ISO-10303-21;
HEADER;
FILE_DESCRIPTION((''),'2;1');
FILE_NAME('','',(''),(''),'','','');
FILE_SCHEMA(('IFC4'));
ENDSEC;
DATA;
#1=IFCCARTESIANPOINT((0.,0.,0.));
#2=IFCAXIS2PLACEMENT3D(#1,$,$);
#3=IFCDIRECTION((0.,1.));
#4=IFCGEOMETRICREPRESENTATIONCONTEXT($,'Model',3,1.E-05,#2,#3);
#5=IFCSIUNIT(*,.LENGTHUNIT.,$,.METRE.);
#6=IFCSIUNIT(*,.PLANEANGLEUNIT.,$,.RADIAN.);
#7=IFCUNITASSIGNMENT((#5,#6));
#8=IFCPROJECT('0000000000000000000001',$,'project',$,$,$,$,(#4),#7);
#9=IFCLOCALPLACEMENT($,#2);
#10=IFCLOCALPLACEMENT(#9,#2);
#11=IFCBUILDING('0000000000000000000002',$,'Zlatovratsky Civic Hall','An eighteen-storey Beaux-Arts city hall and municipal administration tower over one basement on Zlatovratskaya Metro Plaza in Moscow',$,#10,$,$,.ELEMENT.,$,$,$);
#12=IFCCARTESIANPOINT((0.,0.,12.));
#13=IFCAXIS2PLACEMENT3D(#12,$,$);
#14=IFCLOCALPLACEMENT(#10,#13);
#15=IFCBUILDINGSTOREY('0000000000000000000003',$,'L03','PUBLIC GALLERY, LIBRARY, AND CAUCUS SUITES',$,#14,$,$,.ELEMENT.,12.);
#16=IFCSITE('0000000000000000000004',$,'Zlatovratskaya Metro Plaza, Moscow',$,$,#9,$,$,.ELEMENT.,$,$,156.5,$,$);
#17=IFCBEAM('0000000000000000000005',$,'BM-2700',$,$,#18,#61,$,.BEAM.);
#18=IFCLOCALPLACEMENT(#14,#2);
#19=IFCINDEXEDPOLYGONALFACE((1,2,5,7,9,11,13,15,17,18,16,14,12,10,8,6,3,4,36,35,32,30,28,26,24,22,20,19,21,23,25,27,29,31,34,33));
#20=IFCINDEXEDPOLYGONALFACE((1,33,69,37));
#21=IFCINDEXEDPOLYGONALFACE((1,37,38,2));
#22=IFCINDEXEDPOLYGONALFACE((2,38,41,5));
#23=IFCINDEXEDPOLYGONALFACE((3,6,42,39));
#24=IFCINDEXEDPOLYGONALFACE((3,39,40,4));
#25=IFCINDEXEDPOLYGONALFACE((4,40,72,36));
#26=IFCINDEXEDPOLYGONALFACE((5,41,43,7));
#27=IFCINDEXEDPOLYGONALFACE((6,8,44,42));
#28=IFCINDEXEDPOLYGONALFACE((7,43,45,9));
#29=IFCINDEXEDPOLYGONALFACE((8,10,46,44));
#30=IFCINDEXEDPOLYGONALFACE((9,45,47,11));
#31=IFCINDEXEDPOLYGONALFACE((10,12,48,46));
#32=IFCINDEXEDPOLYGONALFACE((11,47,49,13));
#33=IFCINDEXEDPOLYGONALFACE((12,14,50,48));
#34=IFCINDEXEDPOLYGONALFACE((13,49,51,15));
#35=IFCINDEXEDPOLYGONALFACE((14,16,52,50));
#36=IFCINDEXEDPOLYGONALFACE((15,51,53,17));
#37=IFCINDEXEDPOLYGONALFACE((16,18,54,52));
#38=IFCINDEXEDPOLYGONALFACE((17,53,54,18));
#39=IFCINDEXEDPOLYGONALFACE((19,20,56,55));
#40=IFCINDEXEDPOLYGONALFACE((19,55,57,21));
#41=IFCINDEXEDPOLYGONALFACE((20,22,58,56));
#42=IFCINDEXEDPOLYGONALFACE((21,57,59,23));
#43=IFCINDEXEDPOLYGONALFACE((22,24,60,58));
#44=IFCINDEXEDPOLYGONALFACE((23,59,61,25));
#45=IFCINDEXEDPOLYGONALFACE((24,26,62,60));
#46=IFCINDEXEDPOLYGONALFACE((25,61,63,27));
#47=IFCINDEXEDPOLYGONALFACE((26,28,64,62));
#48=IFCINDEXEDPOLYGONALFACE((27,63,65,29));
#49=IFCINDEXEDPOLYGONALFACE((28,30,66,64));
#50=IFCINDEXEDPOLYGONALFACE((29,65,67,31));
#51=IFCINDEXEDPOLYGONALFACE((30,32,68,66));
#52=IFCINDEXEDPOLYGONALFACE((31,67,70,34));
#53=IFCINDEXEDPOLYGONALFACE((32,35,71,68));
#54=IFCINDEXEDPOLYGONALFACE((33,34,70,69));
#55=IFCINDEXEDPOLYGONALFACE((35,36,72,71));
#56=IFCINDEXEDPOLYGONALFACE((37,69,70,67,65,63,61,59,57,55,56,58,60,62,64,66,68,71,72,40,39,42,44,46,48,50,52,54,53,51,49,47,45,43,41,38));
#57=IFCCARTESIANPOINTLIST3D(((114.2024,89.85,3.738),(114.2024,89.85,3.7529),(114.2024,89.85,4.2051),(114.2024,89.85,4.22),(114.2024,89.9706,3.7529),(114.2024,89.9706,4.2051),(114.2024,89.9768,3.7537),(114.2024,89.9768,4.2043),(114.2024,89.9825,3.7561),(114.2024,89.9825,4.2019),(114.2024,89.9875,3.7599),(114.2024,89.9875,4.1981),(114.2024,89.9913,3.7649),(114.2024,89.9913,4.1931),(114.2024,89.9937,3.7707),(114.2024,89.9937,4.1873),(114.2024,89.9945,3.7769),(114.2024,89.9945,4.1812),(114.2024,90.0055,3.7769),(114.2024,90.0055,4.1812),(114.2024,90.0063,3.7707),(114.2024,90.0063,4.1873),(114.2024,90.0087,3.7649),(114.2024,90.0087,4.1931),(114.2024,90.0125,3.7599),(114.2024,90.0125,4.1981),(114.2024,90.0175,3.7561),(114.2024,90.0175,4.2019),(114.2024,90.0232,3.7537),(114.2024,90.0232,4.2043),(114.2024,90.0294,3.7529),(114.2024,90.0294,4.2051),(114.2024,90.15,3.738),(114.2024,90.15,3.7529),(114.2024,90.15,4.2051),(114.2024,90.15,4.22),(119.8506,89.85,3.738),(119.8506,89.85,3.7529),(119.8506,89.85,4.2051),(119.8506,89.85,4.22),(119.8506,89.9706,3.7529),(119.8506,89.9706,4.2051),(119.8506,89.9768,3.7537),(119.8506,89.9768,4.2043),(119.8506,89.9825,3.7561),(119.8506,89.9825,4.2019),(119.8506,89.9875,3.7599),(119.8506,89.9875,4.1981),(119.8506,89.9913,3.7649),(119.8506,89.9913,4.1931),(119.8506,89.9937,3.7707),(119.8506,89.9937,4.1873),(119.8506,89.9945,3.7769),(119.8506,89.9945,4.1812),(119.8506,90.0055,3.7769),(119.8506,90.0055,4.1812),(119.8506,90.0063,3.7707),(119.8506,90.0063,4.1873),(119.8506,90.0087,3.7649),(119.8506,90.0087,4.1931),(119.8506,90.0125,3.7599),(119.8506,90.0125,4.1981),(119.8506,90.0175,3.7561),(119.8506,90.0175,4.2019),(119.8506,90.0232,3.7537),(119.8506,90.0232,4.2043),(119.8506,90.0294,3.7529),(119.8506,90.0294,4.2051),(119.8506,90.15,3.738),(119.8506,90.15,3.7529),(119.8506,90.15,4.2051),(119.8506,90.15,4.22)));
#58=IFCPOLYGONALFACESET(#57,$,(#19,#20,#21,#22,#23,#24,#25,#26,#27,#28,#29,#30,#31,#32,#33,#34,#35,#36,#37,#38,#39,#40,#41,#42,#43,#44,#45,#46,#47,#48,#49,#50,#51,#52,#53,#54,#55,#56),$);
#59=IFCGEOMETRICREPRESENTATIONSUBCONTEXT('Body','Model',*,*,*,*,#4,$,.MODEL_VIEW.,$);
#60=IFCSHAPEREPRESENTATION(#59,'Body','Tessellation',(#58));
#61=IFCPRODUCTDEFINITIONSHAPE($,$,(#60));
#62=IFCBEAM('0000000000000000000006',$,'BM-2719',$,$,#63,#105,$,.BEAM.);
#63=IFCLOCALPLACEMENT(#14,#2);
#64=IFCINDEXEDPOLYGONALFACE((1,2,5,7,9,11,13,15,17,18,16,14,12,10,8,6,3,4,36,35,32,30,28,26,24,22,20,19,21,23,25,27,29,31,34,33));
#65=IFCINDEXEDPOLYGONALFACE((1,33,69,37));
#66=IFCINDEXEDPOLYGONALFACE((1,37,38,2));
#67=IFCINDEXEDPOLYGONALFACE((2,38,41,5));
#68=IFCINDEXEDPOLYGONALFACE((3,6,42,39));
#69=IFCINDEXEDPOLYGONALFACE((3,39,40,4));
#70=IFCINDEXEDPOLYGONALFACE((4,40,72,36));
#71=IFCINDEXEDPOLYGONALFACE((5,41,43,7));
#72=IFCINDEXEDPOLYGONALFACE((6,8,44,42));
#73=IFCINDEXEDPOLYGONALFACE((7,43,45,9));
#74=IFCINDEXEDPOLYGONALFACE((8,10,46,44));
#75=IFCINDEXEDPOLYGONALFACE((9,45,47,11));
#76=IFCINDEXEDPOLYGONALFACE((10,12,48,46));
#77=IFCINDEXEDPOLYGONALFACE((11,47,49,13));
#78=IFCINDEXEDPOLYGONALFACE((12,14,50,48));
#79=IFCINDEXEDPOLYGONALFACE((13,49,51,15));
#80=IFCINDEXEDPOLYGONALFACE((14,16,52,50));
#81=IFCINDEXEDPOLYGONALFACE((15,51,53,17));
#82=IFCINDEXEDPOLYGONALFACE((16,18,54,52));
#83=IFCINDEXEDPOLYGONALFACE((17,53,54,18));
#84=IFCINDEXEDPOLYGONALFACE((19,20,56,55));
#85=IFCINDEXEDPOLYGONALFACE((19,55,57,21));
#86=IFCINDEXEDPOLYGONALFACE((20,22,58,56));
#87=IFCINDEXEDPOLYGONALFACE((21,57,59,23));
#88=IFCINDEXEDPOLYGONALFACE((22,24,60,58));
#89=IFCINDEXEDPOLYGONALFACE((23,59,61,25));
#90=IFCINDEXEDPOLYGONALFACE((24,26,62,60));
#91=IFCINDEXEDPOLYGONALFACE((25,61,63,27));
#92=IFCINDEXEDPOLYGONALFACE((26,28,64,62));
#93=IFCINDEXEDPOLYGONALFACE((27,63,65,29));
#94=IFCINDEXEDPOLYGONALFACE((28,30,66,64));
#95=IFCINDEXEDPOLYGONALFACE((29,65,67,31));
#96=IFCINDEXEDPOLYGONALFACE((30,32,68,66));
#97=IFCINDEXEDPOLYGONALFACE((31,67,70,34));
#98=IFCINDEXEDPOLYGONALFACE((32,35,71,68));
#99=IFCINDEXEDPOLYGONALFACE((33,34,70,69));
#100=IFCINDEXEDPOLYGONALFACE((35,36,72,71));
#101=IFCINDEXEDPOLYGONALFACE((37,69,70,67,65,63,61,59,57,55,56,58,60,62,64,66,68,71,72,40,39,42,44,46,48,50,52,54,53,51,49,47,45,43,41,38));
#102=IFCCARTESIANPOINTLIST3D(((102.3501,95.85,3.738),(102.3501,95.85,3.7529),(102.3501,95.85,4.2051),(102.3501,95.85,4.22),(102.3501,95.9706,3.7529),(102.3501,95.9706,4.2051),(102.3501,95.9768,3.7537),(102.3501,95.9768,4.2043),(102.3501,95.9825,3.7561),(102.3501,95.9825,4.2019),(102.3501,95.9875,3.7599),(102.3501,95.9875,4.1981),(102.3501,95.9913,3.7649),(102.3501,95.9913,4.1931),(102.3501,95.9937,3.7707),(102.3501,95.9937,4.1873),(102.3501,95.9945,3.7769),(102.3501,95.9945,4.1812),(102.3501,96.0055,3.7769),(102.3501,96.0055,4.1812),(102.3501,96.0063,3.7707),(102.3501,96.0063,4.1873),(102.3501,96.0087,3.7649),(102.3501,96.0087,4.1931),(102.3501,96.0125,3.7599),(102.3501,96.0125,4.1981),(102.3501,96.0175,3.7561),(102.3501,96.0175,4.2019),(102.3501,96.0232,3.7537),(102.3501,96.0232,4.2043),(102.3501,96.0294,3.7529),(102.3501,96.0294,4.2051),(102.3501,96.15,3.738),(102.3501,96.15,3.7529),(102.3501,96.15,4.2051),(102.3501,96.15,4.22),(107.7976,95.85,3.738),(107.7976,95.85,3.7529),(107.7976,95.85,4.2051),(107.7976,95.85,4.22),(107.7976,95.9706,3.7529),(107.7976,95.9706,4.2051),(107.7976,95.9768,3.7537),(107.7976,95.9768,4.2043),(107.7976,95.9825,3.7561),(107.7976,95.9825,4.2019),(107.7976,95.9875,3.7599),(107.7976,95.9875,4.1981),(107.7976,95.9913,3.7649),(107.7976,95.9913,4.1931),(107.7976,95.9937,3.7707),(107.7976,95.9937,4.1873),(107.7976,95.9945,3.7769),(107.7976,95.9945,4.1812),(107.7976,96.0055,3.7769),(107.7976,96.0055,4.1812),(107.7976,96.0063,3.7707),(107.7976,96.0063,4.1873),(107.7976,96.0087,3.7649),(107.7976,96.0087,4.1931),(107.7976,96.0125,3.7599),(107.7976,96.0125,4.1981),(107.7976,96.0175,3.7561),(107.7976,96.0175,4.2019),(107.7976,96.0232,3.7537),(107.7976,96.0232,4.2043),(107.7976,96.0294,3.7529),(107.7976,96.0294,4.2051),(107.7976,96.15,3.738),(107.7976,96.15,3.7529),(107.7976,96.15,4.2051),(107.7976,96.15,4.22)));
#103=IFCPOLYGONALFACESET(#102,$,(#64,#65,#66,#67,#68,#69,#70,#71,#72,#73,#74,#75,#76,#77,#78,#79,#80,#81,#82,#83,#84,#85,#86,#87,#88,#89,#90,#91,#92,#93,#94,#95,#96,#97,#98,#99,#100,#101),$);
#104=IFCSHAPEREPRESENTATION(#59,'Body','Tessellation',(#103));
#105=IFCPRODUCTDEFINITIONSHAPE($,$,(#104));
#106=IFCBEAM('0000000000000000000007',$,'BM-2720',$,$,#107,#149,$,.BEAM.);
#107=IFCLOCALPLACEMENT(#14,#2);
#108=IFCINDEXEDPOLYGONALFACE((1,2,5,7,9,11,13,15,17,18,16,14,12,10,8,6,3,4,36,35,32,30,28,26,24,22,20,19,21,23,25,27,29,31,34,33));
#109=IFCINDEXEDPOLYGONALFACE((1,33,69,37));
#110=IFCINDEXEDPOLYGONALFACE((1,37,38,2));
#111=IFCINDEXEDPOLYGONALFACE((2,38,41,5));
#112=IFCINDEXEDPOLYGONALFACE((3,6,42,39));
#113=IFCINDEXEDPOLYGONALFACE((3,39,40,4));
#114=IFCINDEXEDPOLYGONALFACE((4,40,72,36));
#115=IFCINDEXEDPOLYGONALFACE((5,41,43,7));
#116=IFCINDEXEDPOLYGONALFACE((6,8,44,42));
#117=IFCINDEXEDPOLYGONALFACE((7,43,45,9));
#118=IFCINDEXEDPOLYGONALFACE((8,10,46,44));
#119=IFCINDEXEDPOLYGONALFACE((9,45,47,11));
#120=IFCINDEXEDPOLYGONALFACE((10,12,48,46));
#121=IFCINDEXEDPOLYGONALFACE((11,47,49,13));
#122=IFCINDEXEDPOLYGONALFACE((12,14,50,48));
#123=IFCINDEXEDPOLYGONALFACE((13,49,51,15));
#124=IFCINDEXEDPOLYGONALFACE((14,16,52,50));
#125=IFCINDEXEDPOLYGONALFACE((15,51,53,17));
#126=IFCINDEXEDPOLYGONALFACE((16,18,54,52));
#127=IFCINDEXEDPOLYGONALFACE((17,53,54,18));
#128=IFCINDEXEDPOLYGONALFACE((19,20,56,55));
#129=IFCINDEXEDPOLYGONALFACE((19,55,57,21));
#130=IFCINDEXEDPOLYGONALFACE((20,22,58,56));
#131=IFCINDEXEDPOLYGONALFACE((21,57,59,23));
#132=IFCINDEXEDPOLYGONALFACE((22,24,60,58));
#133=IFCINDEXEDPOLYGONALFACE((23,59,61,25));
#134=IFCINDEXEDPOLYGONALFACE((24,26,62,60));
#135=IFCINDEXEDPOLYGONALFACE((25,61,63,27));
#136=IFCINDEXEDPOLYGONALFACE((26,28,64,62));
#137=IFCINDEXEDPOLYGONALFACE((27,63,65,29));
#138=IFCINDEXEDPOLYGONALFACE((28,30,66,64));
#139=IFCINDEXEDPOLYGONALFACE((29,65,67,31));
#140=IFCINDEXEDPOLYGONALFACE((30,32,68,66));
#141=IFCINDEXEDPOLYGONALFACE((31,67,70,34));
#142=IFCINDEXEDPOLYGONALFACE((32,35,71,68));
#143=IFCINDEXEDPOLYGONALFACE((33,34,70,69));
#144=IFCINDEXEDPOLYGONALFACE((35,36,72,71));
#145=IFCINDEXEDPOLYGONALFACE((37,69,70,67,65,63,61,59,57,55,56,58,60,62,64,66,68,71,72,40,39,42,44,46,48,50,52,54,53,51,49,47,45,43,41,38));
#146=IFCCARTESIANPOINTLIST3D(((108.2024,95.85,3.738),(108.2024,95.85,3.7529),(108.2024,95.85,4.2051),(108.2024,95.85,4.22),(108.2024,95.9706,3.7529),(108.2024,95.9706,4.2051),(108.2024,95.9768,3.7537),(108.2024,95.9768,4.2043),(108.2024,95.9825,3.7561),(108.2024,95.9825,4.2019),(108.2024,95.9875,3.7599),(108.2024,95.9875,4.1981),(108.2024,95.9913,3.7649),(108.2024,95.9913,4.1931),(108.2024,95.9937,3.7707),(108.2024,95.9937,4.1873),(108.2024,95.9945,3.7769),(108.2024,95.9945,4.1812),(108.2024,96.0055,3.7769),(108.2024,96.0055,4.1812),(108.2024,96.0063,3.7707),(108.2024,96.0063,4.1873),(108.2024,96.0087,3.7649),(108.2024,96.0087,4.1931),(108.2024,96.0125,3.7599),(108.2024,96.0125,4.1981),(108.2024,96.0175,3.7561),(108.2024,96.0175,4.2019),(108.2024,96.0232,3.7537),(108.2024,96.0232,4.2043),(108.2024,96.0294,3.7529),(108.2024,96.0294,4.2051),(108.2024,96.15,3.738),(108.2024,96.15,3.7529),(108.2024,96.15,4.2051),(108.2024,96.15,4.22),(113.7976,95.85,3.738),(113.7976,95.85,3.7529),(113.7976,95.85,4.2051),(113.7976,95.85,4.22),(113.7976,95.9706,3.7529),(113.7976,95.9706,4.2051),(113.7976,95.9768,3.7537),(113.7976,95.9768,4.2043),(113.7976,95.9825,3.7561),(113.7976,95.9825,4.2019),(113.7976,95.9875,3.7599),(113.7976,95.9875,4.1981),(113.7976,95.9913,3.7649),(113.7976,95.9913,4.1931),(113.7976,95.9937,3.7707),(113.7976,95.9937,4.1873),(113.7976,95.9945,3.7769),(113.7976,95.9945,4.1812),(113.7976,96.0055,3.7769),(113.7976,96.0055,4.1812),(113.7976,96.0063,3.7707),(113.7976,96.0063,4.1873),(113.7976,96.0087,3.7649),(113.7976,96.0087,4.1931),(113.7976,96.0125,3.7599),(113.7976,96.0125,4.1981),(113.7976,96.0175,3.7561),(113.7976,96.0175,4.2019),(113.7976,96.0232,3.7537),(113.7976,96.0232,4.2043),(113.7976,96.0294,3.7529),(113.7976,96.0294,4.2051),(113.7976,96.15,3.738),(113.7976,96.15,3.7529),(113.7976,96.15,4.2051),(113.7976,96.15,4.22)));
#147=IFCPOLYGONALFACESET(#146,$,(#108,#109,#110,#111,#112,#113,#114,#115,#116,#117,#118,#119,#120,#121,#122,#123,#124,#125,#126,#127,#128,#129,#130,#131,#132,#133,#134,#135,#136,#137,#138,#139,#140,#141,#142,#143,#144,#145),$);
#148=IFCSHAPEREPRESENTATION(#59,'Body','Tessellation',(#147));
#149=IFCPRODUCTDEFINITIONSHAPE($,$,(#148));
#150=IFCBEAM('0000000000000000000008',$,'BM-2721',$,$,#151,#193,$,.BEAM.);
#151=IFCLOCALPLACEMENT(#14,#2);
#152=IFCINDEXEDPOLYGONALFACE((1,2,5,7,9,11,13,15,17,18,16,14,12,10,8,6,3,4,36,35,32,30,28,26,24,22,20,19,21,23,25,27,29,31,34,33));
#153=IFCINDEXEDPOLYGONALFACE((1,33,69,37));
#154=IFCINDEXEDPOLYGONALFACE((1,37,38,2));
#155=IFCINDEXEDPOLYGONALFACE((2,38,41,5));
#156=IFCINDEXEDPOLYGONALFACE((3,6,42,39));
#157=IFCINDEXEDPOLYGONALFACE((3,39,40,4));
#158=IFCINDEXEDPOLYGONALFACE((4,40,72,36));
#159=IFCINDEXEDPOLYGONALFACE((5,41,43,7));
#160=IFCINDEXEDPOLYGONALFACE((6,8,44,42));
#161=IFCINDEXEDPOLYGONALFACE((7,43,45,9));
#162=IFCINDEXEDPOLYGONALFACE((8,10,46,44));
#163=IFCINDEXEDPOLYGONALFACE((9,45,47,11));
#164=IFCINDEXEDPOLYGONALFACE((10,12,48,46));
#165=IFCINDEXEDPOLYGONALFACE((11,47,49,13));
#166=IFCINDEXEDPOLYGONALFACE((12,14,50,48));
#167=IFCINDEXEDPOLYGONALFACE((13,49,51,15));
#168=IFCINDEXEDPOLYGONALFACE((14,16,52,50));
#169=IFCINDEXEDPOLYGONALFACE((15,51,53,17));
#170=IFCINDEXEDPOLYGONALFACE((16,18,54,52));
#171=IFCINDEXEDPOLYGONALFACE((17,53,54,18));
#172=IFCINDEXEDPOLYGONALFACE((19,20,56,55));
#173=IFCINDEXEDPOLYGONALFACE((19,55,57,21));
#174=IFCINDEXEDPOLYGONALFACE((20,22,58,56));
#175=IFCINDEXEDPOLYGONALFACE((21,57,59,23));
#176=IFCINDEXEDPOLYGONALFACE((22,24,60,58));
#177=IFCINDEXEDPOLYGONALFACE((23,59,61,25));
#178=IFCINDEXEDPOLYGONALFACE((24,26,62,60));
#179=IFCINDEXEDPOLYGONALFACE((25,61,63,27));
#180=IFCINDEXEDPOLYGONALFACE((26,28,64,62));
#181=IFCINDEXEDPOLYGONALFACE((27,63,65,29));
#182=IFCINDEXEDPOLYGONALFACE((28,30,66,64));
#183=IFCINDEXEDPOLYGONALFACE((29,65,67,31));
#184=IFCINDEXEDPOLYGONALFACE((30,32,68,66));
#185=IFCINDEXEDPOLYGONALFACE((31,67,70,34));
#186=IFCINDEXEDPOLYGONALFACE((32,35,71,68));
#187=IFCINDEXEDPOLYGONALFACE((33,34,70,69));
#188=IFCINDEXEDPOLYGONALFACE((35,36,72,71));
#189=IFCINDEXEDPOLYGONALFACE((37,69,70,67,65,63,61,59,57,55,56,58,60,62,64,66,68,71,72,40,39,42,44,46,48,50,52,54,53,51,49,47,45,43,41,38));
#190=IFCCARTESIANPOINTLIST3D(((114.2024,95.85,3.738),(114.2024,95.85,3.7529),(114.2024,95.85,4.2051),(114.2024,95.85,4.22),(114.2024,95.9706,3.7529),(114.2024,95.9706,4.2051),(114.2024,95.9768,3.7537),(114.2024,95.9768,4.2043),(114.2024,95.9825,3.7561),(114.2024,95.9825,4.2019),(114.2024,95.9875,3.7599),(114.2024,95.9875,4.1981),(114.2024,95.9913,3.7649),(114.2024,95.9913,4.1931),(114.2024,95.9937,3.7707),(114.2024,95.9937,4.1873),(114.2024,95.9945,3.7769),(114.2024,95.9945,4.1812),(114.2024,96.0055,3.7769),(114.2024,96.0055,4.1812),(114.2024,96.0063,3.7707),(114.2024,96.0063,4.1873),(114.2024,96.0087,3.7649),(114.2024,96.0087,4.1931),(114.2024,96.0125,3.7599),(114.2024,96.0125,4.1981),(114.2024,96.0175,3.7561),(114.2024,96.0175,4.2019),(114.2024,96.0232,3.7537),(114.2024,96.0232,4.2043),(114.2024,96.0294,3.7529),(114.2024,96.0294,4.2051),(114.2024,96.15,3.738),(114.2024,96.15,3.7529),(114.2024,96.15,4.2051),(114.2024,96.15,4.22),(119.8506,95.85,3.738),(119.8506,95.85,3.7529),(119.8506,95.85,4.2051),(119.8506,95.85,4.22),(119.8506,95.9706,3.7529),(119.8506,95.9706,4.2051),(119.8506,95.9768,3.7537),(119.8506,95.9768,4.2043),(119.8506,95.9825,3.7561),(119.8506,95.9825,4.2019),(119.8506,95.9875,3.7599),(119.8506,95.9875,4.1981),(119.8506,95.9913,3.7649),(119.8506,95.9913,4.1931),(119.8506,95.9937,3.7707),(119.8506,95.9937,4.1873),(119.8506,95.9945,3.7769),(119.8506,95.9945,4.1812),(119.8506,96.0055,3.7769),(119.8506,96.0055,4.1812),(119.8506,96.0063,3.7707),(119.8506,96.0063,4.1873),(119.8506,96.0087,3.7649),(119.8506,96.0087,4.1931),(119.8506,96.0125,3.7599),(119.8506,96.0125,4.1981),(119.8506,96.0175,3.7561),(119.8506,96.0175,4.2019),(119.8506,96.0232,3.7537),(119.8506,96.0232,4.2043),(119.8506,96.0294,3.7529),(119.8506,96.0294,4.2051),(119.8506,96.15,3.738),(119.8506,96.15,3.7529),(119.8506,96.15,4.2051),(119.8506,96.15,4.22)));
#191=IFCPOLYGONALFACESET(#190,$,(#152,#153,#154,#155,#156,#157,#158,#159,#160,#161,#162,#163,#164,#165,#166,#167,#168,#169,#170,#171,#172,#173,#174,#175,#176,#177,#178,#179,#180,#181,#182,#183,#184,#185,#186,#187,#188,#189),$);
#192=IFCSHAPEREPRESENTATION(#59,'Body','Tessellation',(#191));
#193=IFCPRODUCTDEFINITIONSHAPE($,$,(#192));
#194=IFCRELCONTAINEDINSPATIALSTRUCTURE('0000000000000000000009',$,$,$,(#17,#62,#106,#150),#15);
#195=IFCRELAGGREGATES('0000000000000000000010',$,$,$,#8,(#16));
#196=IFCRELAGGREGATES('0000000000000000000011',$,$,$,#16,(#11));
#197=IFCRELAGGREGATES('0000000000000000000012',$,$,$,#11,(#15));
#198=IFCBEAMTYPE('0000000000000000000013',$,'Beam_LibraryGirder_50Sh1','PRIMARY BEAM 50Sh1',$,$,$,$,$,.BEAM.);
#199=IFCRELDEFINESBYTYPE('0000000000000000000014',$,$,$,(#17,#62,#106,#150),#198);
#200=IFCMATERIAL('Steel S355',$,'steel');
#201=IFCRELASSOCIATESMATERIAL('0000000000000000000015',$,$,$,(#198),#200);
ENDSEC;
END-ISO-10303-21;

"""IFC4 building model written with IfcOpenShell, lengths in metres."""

from ifc_helpers import new_model, si_unit, direction, frame, origin, origin_2d, place, context, subcontext, project, spatial, i_section, extrude, material, material_profile, profile_set, type_object, element, save


model = new_model("IFC4")

# Units and contexts
model_context = context("Model", 3, precision=1e-05, world=origin(), true_north=direction((0.0, 1.0)))
body_context = subcontext(model_context, "Body", "Model", "MODEL_VIEW")
ifc_project = project(units=[si_unit("LENGTHUNIT", "METRE"), si_unit("PLANEANGLEUNIT", "RADIAN")], contexts=[model_context])

# Site, building, storey
site_placement = place(None, origin())
site = spatial("IfcSite", under=ifc_project, at=site_placement, Name="Zlatovratskaya Metro Plaza, Moscow", CompositionType="ELEMENT", RefElevation=156.5)
building_placement = place(site_placement, origin())
building = spatial("IfcBuilding", under=site, at=building_placement, Name="Zlatovratsky Civic Hall", Description="An eighteen-storey Beaux-Arts city hall and municipal administration tower over one basement on Zlatovratskaya Metro Plaza in Moscow", CompositionType="ELEMENT")
storey_placement = place(building_placement, frame((0.0, 0.0, 12.0)))
storey = spatial("IfcBuildingStorey", under=building, at=storey_placement, Name="L03", Description="PUBLIC GALLERY, LIBRARY, AND CAUCUS SUITES", CompositionType="ELEMENT", Elevation=12.0)

# Shared definitions
ifc_material_1 = material(Name="Steel S355", Category="steel")

# Beams
ifc_material_profile_1 = material_profile(ifc_material_1, i_section(OverallWidth=0.3, OverallDepth=0.4819, WebThickness=0.011, FlangeThickness=0.0149, FilletRadius=0.0239, at=origin_2d()), Name="50Sh1")
ifc_profile_set_1 = profile_set([ifc_material_profile_1], Name="Steel S355")
beam_type_1 = type_object("IfcBeamType", Name="Beam_LibraryGirder_50Sh1", Description="PRIMARY BEAM 50Sh1", PredefinedType="BEAM", material=ifc_profile_set_1)
beam_1_placement = place(storey_placement, frame((114.2024, 90.0, 3.979), z_axis=(1.0, 0.0, 0.0), x_axis=(0.0, 1.0, 0.0)))
element("IfcBeam", 1, at=beam_1_placement, inside=storey, type_object=beam_type_1, Name="BM-2700", PredefinedType="BEAM", context=body_context, shape_type="SweptSolid", body=[
    extrude(i_section(OverallWidth=0.3, OverallDepth=0.4819, WebThickness=0.011, FlangeThickness=0.0149, FilletRadius=0.0239, at=origin_2d()), origin(), (0.0, 0.0, 1.0), 5.6482),
])
beam_2_placement = place(storey_placement, frame((102.3501, 96.0, 3.979), z_axis=(1.0, 0.0, 0.0), x_axis=(0.0, 1.0, 0.0)))
element("IfcBeam", 2, at=beam_2_placement, inside=storey, type_object=beam_type_1, Name="BM-2719", PredefinedType="BEAM", context=body_context, shape_type="SweptSolid", body=[
    extrude(i_section(OverallWidth=0.3, OverallDepth=0.4819, WebThickness=0.011, FlangeThickness=0.0149, FilletRadius=0.0239, at=origin_2d()), origin(), (0.0, 0.0, 1.0), 5.4475),
])
beam_3_placement = place(storey_placement, frame((108.2024, 96.0, 3.979), z_axis=(1.0, 0.0, 0.0), x_axis=(0.0, 1.0, 0.0)))
element("IfcBeam", 3, at=beam_3_placement, inside=storey, type_object=beam_type_1, Name="BM-2720", PredefinedType="BEAM", context=body_context, shape_type="SweptSolid", body=[
    extrude(i_section(OverallWidth=0.3, OverallDepth=0.4819, WebThickness=0.011, FlangeThickness=0.0149, FilletRadius=0.0239, at=origin_2d()), origin(), (0.0, 0.0, 1.0), 5.5952),
])
beam_4_placement = place(storey_placement, frame((114.2024, 96.0, 3.979), z_axis=(1.0, 0.0, 0.0), x_axis=(0.0, 1.0, 0.0)))
element("IfcBeam", 4, at=beam_4_placement, inside=storey, type_object=beam_type_1, Name="BM-2721", PredefinedType="BEAM", context=body_context, shape_type="SweptSolid", body=[
    extrude(i_section(OverallWidth=0.3, OverallDepth=0.4819, WebThickness=0.011, FlangeThickness=0.0149, FilletRadius=0.0239, at=origin_2d()), origin(), (0.0, 0.0, 1.0), 5.6482),
])

save(model, "model.ifc")
